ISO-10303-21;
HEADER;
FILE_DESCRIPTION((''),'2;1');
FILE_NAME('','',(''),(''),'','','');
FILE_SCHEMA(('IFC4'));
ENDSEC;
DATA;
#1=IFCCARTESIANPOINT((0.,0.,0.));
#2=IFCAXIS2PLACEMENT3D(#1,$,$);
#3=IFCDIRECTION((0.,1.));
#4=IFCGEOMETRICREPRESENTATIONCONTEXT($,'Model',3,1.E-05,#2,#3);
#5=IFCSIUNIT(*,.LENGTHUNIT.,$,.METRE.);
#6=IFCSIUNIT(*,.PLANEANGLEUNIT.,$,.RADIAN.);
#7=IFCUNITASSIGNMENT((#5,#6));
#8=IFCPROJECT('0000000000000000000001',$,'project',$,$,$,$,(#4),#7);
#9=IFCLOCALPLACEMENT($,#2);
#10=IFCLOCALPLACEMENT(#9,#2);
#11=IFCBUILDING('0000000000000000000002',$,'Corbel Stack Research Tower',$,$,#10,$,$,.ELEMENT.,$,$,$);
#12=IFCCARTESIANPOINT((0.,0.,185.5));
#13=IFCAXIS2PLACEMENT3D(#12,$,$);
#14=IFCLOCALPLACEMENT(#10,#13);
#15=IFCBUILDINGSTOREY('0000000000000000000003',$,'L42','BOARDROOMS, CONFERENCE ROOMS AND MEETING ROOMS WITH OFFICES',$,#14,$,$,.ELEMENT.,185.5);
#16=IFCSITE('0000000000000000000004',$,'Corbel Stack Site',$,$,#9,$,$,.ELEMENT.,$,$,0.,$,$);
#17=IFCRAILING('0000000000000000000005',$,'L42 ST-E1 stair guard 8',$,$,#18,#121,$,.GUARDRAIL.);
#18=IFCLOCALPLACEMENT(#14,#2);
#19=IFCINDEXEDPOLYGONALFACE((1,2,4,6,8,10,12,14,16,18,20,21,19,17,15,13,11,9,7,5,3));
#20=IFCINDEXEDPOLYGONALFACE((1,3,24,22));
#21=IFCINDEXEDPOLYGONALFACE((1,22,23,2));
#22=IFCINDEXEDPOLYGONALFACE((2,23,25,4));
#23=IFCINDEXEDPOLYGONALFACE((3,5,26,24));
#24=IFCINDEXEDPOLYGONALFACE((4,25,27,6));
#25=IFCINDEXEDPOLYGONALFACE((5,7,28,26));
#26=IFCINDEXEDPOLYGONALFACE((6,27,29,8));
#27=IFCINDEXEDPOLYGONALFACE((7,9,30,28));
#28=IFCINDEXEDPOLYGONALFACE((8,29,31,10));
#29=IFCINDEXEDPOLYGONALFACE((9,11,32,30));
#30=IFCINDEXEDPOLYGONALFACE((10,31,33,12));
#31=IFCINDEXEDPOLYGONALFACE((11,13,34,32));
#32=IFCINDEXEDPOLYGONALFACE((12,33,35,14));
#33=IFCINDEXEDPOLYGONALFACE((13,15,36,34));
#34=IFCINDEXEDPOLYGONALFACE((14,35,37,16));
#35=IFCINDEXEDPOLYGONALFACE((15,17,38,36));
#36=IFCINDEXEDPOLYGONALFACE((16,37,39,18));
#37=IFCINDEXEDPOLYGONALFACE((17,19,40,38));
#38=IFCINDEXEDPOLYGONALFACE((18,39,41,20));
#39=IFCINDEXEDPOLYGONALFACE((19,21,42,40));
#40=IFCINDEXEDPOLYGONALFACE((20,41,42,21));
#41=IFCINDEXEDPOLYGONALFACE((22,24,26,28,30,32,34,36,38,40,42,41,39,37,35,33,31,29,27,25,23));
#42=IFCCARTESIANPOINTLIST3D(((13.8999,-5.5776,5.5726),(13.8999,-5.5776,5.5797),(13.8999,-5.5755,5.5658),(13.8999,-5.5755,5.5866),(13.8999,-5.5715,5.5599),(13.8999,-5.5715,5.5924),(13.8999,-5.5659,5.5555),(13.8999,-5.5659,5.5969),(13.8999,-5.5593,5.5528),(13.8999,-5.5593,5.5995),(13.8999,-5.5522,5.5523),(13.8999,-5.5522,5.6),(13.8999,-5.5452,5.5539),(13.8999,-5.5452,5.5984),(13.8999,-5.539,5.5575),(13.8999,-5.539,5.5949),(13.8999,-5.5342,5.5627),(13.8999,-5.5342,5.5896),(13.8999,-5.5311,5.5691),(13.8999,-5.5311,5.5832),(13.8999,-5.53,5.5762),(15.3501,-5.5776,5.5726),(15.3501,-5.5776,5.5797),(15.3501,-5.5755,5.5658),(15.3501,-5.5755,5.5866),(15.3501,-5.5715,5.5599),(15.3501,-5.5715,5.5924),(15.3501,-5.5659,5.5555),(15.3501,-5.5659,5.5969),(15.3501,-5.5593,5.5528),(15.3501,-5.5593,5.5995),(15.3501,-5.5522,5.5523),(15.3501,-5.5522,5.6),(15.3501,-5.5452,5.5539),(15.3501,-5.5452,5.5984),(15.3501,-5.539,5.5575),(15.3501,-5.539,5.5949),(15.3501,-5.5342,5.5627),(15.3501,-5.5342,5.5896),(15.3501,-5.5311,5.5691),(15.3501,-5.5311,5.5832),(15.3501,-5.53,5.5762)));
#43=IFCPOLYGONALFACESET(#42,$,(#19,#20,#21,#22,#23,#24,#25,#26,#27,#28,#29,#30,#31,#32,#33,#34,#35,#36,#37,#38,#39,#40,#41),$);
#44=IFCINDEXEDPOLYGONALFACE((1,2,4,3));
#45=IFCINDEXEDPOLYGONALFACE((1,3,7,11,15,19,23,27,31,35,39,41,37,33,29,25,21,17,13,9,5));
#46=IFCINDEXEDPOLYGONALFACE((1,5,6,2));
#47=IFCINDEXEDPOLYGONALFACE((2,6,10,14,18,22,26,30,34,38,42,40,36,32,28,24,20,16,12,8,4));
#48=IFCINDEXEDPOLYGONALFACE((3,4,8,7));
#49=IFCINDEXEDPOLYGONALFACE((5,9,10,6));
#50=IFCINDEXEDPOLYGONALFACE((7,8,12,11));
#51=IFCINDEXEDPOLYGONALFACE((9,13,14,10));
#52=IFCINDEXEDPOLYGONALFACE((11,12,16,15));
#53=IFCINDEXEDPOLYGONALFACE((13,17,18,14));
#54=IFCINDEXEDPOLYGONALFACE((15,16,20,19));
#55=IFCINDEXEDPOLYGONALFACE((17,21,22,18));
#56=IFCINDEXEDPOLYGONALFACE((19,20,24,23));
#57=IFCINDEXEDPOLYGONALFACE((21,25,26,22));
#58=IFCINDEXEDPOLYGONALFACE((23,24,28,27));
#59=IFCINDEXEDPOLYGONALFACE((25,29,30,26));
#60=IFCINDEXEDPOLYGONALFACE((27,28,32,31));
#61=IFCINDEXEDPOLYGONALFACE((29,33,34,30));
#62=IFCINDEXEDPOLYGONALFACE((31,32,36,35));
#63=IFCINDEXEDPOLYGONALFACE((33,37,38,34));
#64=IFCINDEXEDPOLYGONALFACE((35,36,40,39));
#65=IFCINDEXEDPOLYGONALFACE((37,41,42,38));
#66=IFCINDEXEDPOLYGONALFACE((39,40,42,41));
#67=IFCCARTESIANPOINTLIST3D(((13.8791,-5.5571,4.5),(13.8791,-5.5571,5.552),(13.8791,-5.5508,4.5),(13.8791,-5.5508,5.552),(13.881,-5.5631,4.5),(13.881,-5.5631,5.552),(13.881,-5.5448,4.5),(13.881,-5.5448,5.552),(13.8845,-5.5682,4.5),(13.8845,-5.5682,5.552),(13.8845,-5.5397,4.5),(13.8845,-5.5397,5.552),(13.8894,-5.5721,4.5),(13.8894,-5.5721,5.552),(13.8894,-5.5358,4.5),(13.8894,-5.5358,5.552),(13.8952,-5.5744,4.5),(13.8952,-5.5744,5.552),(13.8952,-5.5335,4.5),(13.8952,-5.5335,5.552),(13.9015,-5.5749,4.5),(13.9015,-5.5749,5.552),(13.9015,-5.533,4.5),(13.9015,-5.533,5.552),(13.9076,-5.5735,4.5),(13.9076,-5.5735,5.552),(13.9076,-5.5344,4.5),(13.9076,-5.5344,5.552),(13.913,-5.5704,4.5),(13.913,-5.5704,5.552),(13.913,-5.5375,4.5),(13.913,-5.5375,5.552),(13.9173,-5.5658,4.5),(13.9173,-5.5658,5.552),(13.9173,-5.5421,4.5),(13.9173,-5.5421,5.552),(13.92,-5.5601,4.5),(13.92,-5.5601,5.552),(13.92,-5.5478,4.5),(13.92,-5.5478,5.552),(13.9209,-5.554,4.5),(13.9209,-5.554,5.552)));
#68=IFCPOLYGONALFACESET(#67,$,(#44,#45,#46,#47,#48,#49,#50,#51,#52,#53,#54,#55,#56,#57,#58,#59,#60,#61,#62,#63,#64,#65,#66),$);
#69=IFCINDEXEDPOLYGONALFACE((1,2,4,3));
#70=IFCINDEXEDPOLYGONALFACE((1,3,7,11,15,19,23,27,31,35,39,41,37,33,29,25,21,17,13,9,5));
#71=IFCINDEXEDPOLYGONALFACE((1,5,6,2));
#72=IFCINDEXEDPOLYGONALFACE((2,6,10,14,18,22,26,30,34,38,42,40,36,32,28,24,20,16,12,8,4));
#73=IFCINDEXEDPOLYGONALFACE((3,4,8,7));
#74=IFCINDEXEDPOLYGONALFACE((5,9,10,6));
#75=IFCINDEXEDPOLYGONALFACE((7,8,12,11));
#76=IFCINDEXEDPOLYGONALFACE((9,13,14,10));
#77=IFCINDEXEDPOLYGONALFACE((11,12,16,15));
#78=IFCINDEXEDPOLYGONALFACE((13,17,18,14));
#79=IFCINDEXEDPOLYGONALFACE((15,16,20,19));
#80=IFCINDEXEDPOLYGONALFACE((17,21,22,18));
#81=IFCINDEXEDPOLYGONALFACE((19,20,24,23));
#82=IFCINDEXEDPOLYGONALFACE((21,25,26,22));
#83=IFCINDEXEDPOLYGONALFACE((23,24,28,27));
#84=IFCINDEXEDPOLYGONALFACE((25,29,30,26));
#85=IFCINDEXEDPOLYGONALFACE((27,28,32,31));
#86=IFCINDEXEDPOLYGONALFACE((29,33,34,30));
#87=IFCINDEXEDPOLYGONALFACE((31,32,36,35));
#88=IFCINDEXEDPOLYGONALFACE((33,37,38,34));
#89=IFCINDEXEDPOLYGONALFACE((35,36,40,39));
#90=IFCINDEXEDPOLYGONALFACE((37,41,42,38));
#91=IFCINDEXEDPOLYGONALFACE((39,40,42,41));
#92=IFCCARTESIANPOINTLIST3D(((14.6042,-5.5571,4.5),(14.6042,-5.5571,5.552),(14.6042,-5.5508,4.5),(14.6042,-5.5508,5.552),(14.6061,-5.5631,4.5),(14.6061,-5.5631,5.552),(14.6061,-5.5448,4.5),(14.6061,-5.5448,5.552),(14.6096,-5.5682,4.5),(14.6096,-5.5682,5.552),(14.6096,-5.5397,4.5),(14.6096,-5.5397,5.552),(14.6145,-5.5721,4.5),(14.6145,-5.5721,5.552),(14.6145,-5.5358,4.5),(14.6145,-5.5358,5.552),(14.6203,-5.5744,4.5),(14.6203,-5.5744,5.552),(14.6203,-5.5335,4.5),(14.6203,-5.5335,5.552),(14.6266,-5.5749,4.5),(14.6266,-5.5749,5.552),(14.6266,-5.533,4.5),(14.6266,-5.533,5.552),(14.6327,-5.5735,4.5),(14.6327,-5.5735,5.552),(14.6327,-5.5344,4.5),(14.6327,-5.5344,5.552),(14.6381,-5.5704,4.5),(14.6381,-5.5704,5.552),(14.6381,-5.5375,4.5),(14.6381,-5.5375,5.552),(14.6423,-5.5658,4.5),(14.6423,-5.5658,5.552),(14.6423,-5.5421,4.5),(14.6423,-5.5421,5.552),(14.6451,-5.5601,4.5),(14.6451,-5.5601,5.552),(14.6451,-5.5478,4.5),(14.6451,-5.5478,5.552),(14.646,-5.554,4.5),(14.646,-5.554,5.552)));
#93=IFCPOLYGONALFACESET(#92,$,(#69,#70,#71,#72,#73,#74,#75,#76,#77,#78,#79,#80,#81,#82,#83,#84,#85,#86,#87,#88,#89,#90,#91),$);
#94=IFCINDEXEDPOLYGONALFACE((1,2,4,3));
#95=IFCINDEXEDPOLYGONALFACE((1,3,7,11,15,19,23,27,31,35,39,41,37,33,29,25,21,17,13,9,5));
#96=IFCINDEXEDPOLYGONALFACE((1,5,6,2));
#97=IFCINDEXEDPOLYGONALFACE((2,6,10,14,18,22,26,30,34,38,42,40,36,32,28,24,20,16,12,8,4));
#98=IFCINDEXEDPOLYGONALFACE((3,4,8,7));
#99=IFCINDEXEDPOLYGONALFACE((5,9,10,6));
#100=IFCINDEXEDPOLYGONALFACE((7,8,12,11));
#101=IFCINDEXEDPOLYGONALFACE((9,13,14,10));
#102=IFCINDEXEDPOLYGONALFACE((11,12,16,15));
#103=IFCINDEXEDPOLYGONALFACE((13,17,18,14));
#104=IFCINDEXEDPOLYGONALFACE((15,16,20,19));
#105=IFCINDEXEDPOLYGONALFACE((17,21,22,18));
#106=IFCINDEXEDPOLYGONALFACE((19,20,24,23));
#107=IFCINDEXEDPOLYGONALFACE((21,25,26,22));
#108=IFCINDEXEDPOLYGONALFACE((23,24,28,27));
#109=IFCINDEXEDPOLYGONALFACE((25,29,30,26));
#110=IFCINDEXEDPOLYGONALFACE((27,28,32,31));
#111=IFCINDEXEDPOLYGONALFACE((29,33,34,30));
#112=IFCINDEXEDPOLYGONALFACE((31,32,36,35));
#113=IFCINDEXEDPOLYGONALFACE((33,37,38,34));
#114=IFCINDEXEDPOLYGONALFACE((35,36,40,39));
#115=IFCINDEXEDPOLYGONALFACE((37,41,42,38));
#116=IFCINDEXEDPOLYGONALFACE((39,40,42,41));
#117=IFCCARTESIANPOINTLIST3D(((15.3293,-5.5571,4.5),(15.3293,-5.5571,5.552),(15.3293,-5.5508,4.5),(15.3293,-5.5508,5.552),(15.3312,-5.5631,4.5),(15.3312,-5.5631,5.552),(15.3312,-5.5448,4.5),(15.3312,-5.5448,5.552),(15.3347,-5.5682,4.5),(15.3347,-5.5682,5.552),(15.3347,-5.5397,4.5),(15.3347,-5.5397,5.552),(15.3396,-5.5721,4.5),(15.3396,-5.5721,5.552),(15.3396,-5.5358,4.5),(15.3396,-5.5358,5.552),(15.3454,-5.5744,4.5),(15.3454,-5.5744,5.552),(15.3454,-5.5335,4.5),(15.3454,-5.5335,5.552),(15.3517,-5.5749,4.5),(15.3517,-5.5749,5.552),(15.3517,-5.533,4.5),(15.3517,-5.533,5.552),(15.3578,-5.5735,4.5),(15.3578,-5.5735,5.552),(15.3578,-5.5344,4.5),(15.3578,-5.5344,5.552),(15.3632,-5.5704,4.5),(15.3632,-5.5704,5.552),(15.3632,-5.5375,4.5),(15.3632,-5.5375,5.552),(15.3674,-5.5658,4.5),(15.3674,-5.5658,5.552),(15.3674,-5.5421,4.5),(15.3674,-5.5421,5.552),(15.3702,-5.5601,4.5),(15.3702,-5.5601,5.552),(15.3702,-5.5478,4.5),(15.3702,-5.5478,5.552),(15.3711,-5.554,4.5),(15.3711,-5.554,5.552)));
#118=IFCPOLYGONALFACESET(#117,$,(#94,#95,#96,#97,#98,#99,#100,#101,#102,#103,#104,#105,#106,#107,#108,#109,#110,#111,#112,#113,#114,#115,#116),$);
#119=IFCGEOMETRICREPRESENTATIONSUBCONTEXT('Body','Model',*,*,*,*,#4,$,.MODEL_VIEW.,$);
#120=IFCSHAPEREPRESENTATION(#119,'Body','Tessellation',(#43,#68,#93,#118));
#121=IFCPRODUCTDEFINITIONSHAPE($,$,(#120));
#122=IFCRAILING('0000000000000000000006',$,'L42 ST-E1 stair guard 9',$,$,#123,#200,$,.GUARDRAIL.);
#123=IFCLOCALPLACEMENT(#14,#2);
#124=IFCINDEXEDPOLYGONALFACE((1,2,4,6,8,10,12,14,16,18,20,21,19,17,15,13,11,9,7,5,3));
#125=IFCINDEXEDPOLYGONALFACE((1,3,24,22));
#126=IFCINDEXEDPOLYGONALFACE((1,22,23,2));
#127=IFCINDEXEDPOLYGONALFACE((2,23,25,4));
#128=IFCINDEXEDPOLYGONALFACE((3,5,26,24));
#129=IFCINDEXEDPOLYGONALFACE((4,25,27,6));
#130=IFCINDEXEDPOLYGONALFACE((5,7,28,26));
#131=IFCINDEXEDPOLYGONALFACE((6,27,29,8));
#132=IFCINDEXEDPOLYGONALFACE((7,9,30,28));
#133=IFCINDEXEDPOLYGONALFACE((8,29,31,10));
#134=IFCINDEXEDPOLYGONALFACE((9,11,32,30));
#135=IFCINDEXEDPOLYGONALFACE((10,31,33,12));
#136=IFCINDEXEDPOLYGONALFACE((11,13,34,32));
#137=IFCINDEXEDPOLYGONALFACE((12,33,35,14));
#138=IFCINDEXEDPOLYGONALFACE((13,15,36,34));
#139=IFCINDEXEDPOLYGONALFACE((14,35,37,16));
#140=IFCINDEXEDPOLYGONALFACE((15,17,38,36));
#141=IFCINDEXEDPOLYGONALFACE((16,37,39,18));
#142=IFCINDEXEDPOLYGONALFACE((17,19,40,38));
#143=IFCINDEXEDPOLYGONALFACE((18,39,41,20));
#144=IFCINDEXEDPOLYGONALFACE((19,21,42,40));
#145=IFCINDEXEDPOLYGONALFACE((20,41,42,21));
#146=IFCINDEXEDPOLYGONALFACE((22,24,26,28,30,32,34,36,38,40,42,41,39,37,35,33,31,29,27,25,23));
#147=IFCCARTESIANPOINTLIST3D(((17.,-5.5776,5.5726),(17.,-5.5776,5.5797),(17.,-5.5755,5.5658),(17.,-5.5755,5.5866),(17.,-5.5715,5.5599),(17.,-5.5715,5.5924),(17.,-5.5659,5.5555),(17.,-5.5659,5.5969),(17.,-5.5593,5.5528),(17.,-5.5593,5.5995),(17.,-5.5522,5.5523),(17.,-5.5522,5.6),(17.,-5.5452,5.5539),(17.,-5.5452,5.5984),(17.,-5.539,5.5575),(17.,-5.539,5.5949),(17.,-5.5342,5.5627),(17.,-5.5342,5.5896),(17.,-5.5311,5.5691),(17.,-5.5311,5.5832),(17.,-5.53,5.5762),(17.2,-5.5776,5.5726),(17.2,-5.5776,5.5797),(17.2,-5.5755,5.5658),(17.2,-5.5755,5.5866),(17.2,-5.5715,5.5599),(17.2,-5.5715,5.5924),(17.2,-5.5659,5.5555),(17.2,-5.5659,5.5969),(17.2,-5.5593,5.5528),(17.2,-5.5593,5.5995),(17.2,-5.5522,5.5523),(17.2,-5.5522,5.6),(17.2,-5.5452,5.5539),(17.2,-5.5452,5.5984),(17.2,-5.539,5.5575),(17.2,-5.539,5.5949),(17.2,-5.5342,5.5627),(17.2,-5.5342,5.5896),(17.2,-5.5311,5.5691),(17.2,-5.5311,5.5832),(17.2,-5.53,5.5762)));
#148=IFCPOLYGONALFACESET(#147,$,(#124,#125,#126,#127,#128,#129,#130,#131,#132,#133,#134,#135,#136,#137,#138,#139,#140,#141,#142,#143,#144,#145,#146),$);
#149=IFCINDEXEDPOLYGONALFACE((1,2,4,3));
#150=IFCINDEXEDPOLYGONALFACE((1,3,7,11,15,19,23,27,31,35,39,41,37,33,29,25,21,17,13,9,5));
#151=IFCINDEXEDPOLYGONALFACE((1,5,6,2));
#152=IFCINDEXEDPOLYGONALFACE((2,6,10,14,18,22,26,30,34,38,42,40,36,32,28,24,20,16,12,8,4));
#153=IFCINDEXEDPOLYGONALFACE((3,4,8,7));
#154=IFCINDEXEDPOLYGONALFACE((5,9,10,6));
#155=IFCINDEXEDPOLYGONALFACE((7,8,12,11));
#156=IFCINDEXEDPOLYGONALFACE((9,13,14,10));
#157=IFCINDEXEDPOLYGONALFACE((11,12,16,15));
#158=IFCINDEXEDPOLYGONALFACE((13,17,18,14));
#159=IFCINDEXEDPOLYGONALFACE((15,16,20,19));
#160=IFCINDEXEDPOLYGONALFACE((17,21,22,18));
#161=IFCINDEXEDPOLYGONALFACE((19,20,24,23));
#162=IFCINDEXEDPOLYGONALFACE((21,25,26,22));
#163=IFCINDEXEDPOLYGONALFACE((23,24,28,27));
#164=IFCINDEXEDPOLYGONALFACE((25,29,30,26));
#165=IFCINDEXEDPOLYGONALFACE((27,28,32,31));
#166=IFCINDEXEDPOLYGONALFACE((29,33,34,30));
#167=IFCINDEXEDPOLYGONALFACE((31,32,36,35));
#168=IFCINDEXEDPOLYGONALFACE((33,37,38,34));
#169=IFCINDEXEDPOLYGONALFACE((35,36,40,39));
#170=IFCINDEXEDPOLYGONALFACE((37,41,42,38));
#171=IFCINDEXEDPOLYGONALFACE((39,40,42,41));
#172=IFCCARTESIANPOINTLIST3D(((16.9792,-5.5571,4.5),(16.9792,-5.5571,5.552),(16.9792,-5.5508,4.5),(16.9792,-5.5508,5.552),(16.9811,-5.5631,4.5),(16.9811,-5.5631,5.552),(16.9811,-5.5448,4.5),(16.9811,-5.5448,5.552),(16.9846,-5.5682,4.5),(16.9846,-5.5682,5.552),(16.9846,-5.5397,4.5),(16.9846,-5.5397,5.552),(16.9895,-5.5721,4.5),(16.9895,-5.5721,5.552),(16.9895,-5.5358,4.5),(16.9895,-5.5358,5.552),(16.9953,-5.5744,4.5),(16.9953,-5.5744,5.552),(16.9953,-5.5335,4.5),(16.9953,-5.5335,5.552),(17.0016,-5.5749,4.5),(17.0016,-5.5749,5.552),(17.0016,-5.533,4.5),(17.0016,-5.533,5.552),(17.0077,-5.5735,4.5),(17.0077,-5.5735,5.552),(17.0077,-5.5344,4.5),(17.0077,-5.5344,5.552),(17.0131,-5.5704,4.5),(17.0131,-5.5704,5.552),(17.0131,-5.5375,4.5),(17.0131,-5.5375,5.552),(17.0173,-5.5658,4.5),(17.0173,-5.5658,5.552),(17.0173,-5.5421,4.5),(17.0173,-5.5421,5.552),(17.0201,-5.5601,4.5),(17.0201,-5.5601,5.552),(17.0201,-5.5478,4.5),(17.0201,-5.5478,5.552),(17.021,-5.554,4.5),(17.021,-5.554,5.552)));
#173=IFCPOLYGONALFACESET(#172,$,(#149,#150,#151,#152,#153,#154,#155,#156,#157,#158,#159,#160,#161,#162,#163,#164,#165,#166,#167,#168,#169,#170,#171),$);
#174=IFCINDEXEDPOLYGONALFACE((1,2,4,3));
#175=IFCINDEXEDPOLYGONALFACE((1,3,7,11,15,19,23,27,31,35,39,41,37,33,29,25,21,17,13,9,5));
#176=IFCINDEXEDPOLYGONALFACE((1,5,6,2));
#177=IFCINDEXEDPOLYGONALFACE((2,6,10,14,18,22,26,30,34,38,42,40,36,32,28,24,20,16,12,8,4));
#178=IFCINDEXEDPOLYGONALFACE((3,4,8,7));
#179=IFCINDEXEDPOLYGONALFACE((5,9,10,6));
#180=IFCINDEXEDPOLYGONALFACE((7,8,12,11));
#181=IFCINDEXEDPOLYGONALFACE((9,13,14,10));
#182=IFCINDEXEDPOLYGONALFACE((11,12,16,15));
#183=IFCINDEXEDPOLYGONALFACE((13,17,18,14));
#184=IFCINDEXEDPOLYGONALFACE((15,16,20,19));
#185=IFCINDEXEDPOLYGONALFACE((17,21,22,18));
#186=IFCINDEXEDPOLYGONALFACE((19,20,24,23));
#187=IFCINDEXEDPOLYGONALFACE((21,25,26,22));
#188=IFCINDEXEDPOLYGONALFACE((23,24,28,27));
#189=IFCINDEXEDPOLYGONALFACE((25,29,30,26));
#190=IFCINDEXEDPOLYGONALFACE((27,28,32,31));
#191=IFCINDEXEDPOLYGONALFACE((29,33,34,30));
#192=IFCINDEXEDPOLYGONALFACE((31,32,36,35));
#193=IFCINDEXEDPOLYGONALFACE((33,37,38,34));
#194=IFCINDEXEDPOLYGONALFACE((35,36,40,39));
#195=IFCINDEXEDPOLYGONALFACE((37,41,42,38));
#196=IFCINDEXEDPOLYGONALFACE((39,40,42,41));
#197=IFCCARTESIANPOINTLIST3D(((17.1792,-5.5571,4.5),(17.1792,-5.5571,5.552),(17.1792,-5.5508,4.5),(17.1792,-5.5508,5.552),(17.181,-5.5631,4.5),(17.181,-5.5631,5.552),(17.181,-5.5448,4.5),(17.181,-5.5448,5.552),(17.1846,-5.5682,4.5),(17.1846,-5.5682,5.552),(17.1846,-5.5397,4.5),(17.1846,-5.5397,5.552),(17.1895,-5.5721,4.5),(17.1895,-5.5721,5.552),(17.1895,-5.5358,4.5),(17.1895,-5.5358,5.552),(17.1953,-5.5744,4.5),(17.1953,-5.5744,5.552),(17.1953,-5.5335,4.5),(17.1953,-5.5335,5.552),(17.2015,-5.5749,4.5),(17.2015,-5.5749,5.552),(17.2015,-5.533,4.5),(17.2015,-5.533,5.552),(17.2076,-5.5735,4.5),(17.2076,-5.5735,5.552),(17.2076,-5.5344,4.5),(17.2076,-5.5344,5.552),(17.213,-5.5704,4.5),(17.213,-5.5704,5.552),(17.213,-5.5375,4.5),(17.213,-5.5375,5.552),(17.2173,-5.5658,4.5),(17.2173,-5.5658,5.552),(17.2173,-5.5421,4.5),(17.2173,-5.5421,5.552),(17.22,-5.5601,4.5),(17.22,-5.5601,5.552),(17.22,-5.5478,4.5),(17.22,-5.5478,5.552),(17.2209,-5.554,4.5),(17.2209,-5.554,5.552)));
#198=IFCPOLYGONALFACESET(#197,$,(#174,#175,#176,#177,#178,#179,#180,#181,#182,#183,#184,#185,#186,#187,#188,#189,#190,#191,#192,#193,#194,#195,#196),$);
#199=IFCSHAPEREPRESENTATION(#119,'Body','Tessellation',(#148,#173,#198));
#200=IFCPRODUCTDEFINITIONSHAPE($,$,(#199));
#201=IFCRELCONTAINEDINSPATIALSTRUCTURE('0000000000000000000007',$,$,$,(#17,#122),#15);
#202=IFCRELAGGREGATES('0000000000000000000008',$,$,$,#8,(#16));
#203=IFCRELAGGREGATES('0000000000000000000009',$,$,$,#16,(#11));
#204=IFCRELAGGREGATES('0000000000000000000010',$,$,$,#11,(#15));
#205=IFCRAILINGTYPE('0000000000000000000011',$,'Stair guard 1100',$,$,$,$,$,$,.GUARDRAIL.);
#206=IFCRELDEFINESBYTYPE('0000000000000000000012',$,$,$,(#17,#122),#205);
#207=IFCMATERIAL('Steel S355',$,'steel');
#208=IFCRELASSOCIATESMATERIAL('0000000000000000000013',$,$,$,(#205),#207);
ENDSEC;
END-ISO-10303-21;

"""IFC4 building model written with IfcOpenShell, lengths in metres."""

from ifc_helpers import new_model, si_unit, direction, frame, origin, origin_2d, place, context, subcontext, project, spatial, circle, extrude, material, type_object, element, save


model = new_model("IFC4")

# Units and contexts
model_context = context("Model", 3, precision=1e-05, world=origin(), true_north=direction((0.0, 1.0)))
body_context = subcontext(model_context, "Body", "Model", "MODEL_VIEW")
ifc_project = project(units=[si_unit("LENGTHUNIT", "METRE"), si_unit("PLANEANGLEUNIT", "RADIAN")], contexts=[model_context])

# Site, building, storey
site_placement = place(None, origin())
site = spatial("IfcSite", under=ifc_project, at=site_placement, Name="Corbel Stack Site", CompositionType="ELEMENT", RefElevation=0.0)
building_placement = place(site_placement, origin())
building = spatial("IfcBuilding", under=site, at=building_placement, Name="Corbel Stack Research Tower", CompositionType="ELEMENT")
storey_placement = place(building_placement, frame((0.0, 0.0, 185.5)))
storey = spatial("IfcBuildingStorey", under=building, at=storey_placement, Name="L42", Description="BOARDROOMS, CONFERENCE ROOMS AND MEETING ROOMS WITH OFFICES", CompositionType="ELEMENT", Elevation=185.5)

# Railings
ifc_material_1 = material(Name="Steel S355", Category="steel")
railing_type_1 = type_object("IfcRailingType", Name="Stair guard 1100", PredefinedType="GUARDRAIL", material=ifc_material_1)
railing_1_placement = place(storey_placement, frame((13.8999, -5.554, 4.5)))
element("IfcRailing", 1, at=railing_1_placement, inside=storey, type_object=railing_type_1, Name="L42 ST-E1 stair guard 8", PredefinedType="GUARDRAIL", context=body_context, shape_type="SweptSolid", body=[
    extrude(circle(Radius=0.0239, at=origin_2d()), frame((0.0, 0.0, 1.0762), z_axis=(1.0, 0.0, 0.0), x_axis=(0.0, 1.0, 0.0)), (0.0, 0.0, 1.0), 1.4502),
    extrude(circle(Radius=0.021, at=origin_2d()), origin(), (0.0, 0.0, 1.0), 1.052),
    extrude(circle(Radius=0.021, at=origin_2d()), frame((0.7251, 0.0, 0.0)), (0.0, 0.0, 1.0), 1.052),
    extrude(circle(Radius=0.021, at=origin_2d()), frame((1.4502, 0.0, 0.0)), (0.0, 0.0, 1.0), 1.052),
])
railing_2_placement = place(storey_placement, frame((17.0, -5.554, 4.5)))
element("IfcRailing", 2, at=railing_2_placement, inside=storey, type_object=railing_type_1, Name="L42 ST-E1 stair guard 9", PredefinedType="GUARDRAIL", context=body_context, shape_type="SweptSolid", body=[
    extrude(circle(Radius=0.0239, at=origin_2d()), frame((0.0, 0.0, 1.0762), z_axis=(1.0, 0.0, 0.0), x_axis=(0.0, 1.0, 0.0)), (0.0, 0.0, 1.0), 0.2),
    extrude(circle(Radius=0.021, at=origin_2d()), origin(), (0.0, 0.0, 1.0), 1.052),
    extrude(circle(Radius=0.021, at=origin_2d()), frame((0.2, 0.0, 0.0)), (0.0, 0.0, 1.0), 1.052),
])

save(model, "model.ifc")
